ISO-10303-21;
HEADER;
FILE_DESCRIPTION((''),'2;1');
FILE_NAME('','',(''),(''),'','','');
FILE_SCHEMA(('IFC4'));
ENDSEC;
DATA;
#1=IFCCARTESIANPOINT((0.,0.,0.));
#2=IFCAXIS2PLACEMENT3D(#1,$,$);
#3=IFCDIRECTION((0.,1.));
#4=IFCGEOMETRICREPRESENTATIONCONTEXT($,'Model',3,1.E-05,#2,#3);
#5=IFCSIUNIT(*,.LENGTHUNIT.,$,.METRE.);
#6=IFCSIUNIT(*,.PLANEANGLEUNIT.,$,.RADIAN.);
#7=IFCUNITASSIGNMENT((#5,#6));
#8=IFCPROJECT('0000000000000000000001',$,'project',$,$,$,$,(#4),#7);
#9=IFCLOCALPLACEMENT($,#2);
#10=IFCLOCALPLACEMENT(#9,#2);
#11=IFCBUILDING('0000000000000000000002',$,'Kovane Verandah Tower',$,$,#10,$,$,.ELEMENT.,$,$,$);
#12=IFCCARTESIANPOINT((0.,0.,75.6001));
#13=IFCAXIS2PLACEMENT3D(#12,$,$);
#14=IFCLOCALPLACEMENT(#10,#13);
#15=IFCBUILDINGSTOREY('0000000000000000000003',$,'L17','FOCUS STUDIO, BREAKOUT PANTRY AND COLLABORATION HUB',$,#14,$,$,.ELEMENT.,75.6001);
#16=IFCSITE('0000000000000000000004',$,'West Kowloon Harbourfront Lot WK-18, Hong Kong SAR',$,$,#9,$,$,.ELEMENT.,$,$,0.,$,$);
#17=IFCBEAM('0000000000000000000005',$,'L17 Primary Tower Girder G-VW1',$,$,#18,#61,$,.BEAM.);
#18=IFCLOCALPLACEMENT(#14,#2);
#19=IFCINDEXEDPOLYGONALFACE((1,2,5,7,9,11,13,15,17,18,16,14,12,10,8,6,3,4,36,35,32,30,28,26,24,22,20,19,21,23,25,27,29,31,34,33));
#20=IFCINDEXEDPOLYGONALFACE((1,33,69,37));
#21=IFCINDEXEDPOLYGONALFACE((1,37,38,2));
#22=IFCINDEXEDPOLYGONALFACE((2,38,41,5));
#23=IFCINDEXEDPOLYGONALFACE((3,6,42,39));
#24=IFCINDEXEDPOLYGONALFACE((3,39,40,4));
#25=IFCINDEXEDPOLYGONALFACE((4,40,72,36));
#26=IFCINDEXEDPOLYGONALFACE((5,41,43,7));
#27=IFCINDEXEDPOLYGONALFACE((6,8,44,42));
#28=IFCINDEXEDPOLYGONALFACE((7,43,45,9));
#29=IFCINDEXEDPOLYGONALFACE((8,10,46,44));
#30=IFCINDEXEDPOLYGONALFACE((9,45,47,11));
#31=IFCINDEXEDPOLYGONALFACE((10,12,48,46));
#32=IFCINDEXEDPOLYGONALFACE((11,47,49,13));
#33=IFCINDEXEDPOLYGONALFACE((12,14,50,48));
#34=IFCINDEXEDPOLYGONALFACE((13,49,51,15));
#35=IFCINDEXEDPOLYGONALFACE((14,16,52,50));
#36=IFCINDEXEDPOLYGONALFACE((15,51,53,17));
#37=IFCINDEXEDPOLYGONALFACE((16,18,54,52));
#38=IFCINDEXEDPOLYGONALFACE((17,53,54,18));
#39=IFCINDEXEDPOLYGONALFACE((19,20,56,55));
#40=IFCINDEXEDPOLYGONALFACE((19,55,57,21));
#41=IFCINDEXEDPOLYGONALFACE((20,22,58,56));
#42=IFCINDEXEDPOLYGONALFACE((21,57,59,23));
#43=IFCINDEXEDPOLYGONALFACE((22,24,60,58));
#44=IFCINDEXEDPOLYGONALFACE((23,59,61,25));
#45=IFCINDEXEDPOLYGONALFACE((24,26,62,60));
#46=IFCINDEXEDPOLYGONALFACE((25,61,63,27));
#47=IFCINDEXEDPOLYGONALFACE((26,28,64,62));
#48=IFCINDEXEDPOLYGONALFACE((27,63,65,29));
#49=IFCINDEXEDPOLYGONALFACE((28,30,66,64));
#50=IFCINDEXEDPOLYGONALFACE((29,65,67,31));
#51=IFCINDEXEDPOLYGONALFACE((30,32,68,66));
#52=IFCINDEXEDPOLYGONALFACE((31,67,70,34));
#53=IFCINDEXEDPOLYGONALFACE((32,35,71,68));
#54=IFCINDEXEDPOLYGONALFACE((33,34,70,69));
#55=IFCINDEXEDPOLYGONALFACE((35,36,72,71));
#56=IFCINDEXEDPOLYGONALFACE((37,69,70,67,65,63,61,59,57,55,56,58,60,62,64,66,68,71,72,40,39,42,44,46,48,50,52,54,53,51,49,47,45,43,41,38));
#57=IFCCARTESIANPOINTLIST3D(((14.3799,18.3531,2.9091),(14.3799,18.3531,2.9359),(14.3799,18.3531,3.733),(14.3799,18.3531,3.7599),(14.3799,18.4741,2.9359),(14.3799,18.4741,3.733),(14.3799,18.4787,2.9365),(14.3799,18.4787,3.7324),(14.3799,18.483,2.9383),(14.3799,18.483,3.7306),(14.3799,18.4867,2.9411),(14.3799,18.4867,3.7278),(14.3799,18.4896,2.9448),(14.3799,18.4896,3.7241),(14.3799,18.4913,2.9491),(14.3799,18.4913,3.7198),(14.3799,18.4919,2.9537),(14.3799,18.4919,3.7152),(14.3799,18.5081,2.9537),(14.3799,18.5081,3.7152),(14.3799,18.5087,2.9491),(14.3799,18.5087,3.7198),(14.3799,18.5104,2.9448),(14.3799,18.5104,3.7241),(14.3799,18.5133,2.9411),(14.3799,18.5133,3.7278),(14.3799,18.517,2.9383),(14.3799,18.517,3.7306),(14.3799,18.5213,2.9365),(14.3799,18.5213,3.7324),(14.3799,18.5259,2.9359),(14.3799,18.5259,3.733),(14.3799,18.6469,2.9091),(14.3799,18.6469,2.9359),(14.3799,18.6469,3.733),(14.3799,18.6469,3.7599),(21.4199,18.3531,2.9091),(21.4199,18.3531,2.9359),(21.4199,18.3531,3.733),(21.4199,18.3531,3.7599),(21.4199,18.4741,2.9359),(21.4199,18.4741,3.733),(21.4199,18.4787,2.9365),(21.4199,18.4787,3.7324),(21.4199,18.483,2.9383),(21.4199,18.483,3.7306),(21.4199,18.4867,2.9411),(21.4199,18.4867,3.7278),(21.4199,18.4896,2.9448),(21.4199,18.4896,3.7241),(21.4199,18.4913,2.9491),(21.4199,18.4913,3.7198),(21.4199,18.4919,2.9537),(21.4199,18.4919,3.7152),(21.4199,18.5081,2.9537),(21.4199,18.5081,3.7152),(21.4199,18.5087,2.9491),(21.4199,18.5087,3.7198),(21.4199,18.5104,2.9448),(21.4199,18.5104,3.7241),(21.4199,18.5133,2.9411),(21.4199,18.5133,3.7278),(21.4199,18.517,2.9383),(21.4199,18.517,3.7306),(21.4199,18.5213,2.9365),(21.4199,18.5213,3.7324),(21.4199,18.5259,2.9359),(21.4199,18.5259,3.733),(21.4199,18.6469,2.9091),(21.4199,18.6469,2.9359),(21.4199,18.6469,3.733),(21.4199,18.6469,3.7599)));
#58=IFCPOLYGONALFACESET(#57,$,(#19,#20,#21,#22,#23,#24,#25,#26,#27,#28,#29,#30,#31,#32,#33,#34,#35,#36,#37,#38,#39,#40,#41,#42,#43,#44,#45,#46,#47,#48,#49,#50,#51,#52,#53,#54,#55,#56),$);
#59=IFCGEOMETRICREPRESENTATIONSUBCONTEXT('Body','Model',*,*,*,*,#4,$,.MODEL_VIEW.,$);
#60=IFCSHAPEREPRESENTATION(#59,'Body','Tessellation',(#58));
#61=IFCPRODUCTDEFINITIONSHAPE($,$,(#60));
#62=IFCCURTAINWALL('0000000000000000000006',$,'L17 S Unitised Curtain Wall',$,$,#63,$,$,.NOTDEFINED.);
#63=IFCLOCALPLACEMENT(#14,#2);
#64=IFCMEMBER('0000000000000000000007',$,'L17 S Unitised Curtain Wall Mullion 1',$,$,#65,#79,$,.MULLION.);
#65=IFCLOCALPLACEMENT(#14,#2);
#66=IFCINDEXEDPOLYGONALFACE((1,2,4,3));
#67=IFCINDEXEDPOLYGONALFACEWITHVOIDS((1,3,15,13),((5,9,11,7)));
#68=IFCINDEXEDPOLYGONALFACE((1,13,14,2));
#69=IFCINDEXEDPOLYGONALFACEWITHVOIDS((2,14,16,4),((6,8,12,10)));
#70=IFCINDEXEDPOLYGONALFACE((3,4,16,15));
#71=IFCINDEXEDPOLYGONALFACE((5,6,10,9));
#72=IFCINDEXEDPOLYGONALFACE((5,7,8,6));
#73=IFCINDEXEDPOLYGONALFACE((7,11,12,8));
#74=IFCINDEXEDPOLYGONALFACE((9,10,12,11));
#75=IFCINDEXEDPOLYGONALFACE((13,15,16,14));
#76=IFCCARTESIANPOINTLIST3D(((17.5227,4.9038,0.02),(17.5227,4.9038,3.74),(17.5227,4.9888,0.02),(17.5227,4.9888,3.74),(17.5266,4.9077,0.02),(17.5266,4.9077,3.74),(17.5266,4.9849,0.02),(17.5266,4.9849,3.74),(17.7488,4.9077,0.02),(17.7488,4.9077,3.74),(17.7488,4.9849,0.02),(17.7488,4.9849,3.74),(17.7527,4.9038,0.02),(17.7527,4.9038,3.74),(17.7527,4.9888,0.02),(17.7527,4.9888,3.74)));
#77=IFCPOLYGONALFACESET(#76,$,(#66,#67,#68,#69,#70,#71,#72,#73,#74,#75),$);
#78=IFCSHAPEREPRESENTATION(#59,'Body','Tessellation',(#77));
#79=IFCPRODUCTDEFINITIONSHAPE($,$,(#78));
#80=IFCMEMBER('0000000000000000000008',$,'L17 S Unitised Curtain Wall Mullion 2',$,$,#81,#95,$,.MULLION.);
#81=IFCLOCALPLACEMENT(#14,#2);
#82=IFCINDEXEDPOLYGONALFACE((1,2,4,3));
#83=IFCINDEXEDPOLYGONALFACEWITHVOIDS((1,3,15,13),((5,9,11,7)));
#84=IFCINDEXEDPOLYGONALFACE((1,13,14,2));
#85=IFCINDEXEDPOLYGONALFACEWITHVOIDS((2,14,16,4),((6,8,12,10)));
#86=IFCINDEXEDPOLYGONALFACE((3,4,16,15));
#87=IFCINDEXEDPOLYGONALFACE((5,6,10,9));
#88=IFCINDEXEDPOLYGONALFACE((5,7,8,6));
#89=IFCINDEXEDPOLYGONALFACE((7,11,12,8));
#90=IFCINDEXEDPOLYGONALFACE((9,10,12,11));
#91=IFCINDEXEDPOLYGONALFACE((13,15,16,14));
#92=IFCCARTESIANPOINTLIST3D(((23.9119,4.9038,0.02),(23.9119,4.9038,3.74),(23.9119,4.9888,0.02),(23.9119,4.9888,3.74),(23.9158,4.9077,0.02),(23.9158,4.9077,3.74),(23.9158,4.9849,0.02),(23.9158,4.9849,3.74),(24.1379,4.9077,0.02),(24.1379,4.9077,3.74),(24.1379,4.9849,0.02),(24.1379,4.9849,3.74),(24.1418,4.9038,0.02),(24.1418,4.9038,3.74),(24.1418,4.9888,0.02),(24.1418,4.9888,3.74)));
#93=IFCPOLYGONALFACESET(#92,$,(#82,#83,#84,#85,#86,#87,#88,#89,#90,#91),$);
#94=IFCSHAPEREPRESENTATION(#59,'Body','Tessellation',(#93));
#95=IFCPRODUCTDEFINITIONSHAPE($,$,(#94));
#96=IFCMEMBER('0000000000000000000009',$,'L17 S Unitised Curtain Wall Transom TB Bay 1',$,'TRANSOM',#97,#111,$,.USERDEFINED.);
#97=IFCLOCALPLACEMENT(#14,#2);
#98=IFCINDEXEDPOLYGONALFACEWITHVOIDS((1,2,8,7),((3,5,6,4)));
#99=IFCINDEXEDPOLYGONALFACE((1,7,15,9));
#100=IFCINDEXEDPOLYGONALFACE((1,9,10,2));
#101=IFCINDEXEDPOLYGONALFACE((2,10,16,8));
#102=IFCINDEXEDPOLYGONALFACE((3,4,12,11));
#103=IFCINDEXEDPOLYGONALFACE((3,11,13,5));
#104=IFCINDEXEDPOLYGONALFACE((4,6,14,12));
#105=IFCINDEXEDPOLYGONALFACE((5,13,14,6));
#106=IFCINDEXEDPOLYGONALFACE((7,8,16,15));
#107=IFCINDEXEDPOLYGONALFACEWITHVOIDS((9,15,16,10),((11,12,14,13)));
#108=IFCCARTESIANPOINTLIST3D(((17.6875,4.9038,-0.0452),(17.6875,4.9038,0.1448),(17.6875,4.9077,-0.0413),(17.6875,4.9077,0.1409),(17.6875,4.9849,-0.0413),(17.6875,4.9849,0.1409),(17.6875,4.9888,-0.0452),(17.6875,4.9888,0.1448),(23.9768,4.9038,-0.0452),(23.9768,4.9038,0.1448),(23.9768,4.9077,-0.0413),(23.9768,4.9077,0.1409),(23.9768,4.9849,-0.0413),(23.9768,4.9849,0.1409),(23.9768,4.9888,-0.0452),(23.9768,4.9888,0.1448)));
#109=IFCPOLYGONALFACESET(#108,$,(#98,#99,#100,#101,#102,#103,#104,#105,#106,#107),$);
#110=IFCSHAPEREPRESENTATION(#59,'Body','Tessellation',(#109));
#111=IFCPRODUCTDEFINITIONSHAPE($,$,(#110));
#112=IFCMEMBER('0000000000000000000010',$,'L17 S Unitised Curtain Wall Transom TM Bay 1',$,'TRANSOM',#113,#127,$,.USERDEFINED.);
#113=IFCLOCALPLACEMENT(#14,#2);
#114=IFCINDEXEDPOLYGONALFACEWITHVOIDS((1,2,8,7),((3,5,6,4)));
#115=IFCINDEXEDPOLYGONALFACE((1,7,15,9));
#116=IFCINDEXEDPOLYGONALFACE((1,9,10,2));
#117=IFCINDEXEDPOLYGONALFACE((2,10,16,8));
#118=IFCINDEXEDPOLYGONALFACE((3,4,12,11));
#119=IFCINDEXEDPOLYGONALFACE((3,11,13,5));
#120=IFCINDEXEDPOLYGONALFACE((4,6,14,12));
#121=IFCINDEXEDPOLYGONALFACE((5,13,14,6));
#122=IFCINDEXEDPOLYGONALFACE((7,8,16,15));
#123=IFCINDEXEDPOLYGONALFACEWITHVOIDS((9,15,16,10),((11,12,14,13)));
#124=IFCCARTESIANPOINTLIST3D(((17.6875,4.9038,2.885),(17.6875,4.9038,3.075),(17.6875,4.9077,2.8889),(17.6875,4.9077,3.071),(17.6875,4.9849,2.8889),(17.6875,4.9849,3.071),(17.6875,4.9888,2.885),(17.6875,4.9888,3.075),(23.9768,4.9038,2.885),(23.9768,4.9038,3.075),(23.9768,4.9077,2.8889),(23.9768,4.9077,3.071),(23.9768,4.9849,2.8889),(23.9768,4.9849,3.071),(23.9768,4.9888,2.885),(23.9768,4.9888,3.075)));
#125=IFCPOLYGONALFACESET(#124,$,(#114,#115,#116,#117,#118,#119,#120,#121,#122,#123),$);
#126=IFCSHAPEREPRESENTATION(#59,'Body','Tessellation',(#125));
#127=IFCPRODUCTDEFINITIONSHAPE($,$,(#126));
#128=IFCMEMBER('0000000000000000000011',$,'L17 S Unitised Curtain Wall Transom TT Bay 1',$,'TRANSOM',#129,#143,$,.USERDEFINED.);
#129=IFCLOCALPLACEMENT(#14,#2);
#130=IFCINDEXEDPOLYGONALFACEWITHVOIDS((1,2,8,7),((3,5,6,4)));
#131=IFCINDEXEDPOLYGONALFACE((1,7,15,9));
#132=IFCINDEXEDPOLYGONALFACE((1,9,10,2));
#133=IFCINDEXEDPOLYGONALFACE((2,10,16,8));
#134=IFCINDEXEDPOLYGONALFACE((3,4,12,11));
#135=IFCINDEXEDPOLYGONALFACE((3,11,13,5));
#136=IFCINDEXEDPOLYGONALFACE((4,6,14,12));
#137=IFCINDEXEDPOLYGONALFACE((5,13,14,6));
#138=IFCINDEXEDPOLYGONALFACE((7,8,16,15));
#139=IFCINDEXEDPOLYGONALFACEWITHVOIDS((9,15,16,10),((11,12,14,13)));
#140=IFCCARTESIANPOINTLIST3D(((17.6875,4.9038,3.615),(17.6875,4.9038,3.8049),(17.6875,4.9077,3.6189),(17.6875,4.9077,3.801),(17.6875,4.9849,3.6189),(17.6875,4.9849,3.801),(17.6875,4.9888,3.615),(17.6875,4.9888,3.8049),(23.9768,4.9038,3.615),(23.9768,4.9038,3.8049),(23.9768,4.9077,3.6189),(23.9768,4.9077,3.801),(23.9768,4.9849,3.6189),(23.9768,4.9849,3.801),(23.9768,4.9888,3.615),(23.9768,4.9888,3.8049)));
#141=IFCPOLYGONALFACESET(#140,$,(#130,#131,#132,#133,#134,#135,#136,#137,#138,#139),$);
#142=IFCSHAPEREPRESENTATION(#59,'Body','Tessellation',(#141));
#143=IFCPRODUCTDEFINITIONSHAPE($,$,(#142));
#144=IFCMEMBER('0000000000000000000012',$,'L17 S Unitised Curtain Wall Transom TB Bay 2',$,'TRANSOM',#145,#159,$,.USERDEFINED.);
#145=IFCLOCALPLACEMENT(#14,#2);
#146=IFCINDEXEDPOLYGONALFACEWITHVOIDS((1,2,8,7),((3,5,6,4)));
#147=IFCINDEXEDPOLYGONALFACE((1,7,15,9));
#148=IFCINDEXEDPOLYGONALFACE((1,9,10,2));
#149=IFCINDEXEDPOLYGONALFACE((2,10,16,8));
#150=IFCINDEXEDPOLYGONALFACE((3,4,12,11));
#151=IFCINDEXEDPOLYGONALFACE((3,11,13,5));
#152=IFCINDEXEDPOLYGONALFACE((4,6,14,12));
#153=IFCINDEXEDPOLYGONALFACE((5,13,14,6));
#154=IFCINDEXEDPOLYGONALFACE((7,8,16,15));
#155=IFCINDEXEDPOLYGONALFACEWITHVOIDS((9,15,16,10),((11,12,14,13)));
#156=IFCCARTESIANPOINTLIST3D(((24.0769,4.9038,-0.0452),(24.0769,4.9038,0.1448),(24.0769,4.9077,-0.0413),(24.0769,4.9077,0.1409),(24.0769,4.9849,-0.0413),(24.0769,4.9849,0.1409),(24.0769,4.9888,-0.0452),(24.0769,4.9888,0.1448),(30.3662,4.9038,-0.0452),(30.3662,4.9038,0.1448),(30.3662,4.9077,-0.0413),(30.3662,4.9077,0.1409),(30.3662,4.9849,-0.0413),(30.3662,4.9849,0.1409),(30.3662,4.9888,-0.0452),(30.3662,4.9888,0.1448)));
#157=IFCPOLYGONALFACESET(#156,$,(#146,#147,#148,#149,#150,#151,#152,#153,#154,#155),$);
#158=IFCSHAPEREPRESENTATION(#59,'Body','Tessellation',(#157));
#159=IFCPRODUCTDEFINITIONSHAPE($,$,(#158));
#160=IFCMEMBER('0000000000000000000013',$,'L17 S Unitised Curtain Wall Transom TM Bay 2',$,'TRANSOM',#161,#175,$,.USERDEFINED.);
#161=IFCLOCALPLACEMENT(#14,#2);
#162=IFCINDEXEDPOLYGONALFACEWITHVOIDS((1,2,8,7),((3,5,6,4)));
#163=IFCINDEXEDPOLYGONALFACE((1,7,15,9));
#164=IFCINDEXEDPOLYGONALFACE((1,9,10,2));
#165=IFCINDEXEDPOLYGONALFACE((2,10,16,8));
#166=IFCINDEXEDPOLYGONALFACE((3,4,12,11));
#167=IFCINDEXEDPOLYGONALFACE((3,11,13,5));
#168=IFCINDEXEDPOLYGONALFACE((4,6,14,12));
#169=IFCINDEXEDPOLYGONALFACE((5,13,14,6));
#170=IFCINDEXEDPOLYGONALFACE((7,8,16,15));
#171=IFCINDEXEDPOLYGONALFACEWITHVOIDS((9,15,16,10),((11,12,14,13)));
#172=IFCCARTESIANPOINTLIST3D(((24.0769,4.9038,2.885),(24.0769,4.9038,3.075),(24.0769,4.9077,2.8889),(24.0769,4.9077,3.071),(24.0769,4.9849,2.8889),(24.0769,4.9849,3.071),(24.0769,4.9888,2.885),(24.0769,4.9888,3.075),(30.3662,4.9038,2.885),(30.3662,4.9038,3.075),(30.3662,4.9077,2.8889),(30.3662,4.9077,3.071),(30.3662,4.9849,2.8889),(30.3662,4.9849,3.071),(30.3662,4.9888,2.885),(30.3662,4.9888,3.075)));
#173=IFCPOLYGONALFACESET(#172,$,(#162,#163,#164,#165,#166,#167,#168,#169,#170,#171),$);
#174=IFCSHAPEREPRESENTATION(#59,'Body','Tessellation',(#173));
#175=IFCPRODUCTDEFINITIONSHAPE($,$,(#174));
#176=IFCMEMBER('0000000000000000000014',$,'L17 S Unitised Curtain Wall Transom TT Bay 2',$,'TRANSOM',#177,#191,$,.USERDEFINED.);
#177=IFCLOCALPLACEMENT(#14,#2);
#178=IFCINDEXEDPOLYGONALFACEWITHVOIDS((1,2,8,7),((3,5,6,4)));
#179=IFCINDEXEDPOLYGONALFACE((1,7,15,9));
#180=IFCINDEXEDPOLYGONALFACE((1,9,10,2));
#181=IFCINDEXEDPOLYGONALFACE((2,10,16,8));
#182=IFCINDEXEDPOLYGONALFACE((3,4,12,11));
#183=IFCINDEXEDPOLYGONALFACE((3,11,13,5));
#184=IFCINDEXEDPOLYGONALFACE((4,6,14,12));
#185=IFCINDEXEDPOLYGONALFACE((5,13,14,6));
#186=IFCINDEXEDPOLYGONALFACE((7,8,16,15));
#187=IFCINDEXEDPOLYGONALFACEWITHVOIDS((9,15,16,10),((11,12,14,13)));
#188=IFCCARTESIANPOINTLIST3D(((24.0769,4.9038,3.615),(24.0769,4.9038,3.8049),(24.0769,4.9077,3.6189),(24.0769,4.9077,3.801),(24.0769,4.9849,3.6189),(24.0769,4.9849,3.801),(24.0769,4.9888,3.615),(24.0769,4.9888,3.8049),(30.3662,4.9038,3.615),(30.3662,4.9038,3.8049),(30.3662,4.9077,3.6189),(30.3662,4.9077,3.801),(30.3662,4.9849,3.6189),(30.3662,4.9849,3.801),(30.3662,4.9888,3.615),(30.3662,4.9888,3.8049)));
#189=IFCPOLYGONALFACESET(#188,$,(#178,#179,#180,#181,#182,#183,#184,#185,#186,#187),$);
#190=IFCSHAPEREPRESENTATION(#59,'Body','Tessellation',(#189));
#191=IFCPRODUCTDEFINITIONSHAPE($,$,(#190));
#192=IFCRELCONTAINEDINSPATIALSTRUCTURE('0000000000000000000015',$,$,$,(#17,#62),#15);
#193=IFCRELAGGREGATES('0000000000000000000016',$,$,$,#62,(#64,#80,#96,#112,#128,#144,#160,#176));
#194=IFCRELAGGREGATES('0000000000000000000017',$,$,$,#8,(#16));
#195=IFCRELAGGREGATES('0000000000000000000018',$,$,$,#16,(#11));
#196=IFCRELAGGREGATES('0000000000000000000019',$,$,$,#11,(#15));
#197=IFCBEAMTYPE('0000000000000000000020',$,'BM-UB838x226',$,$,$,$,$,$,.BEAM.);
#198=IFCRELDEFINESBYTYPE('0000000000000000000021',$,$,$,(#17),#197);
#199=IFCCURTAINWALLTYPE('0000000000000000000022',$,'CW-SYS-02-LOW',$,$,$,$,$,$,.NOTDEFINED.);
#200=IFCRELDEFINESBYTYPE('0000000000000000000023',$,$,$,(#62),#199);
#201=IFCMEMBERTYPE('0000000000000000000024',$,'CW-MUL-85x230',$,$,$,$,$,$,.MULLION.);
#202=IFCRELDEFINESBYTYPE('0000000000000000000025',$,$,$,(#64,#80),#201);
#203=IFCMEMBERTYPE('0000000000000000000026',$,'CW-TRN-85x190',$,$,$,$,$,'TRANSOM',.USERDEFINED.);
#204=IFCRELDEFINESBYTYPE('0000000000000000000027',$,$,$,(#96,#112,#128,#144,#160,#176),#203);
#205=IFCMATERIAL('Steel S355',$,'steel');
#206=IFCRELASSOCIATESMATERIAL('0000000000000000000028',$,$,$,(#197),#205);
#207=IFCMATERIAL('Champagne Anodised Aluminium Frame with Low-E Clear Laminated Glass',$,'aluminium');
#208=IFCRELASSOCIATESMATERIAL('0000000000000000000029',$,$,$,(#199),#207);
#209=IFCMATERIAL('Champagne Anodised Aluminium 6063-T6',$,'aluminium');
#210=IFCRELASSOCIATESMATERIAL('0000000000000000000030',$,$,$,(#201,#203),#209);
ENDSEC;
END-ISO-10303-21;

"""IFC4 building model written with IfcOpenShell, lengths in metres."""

from ifc_helpers import new_model, si_unit, direction, frame, origin, origin_2d, place, context, subcontext, project, spatial, hollow_rectangle, i_section, extrude, material, material_profile, profile_set, type_object, element, aggregate, save


model = new_model("IFC4")

# Units and contexts
model_context = context("Model", 3, precision=1e-05, world=origin(), true_north=direction((0.0, 1.0)))
body_context = subcontext(model_context, "Body", "Model", "MODEL_VIEW")
ifc_project = project(units=[si_unit("LENGTHUNIT", "METRE"), si_unit("PLANEANGLEUNIT", "RADIAN")], contexts=[model_context])

# Site, building, storey
site_placement = place(None, origin())
site = spatial("IfcSite", under=ifc_project, at=site_placement, Name="West Kowloon Harbourfront Lot WK-18, Hong Kong SAR", CompositionType="ELEMENT", RefElevation=0.0)
building_placement = place(site_placement, origin())
building = spatial("IfcBuilding", under=site, at=building_placement, Name="Kovane Verandah Tower", CompositionType="ELEMENT")
storey_placement = place(building_placement, frame((0.0, 0.0, 75.6001)))
storey = spatial("IfcBuildingStorey", under=building, at=storey_placement, Name="L17", Description="FOCUS STUDIO, BREAKOUT PANTRY AND COLLABORATION HUB", CompositionType="ELEMENT", Elevation=75.6001)

# Beam
ifc_material_1 = material(Name="Steel S355", Category="steel")
ifc_material_profile_1 = material_profile(ifc_material_1, i_section(OverallWidth=0.2937, OverallDepth=0.8508, WebThickness=0.0161, FlangeThickness=0.0269, FilletRadius=0.0178, at=origin_2d()), Name="UB838x292x226")
ifc_profile_set_1 = profile_set([ifc_material_profile_1], Name="Steel S355")
beam_type_1 = type_object("IfcBeamType", Name="BM-UB838x226", PredefinedType="BEAM", material=ifc_profile_set_1)
beam_1_placement = place(storey_placement, frame((21.4199, 18.5, 3.3345), z_axis=(-1.0, 0.0, 0.0), x_axis=(0.0, -1.0, 0.0)))
element("IfcBeam", 1, at=beam_1_placement, inside=storey, type_object=beam_type_1, Name="L17 Primary Tower Girder G-VW1", PredefinedType="BEAM", context=body_context, shape_type="SweptSolid", body=[
    extrude(i_section(OverallWidth=0.2937, OverallDepth=0.8508, WebThickness=0.0161, FlangeThickness=0.0269, FilletRadius=0.0178, at=origin_2d()), origin(), (0.0, 0.0, 1.0), 7.04),
])

# Curtain wall, members
ifc_material_2 = material(Name="Champagne Anodised Aluminium Frame with Low-E Clear Laminated Glass", Category="aluminium")
curtain_wall_type = type_object("IfcCurtainWallType", Name="CW-SYS-02-LOW", PredefinedType="NOTDEFINED", material=ifc_material_2)
curtain_wall_placement = place(storey_placement, origin())
curtain_wall = element("IfcCurtainWall", 2, at=curtain_wall_placement, inside=storey, type_object=curtain_wall_type, Name="L17 S Unitised Curtain Wall", PredefinedType="NOTDEFINED")
ifc_material_3 = material(Name="Champagne Anodised Aluminium 6063-T6", Category="aluminium")
ifc_material_profile_2 = material_profile(ifc_material_3, hollow_rectangle(XDim=0.085, YDim=0.23, WallThickness=0.0039, at=origin_2d()), Name="AL85x230x4")
ifc_profile_set_2 = profile_set([ifc_material_profile_2], Name="Champagne Anodised Aluminium 6063-T6")
member_type_1 = type_object("IfcMemberType", Name="CW-MUL-85x230", PredefinedType="MULLION", material=ifc_profile_set_2)
member_1_placement = place(storey_placement, frame((17.6377, 4.9463, 0.02), z_axis=(0.0, 0.0, 1.0), x_axis=(0.0, -1.0, 0.0)))
member_1 = element("IfcMember", 3, at=member_1_placement, type_object=member_type_1, Name="L17 S Unitised Curtain Wall Mullion 1", PredefinedType="MULLION", context=body_context, shape_type="SweptSolid", body=[
    extrude(hollow_rectangle(XDim=0.085, YDim=0.23, WallThickness=0.0039, at=origin_2d()), origin(), (0.0, 0.0, 1.0), 3.72),
])
member_2_placement = place(storey_placement, frame((24.0269, 4.9463, 0.02), z_axis=(0.0, 0.0, 1.0), x_axis=(0.0, -1.0, 0.0)))
member_2 = element("IfcMember", 4, at=member_2_placement, type_object=member_type_1, Name="L17 S Unitised Curtain Wall Mullion 2", PredefinedType="MULLION", context=body_context, shape_type="SweptSolid", body=[
    extrude(hollow_rectangle(XDim=0.085, YDim=0.23, WallThickness=0.0039, at=origin_2d()), origin(), (0.0, 0.0, 1.0), 3.72),
])
ifc_material_profile_3 = material_profile(ifc_material_3, hollow_rectangle(XDim=0.085, YDim=0.1899, WallThickness=0.0039, at=origin_2d()), Name="AL85x190x4")
ifc_profile_set_3 = profile_set([ifc_material_profile_3], Name="Champagne Anodised Aluminium 6063-T6")
member_type_2 = type_object("IfcMemberType", Name="CW-TRN-85x190", ElementType="TRANSOM", PredefinedType="USERDEFINED", material=ifc_profile_set_3)
member_3_placement = place(storey_placement, frame((17.6875, 4.9463, 0.0498), z_axis=(1.0, 0.0, 0.0), x_axis=(0.0, 1.0, 0.0)))
member_3 = element("IfcMember", 5, at=member_3_placement, type_object=member_type_2, Name="L17 S Unitised Curtain Wall Transom TB Bay 1", ObjectType="TRANSOM", PredefinedType="USERDEFINED", context=body_context, shape_type="SweptSolid", body=[
    extrude(hollow_rectangle(XDim=0.085, YDim=0.1899, WallThickness=0.0039, at=origin_2d()), origin(), (0.0, 0.0, 1.0), 6.2893),
])
member_4_placement = place(storey_placement, frame((17.6875, 4.9463, 2.98), z_axis=(1.0, 0.0, 0.0), x_axis=(0.0, 1.0, 0.0)))
member_4 = element("IfcMember", 6, at=member_4_placement, type_object=member_type_2, Name="L17 S Unitised Curtain Wall Transom TM Bay 1", ObjectType="TRANSOM", PredefinedType="USERDEFINED", context=body_context, shape_type="SweptSolid", body=[
    extrude(hollow_rectangle(XDim=0.085, YDim=0.1899, WallThickness=0.0039, at=origin_2d()), origin(), (0.0, 0.0, 1.0), 6.2893),
])
member_5_placement = place(storey_placement, frame((17.6875, 4.9463, 3.71), z_axis=(1.0, 0.0, 0.0), x_axis=(0.0, 1.0, 0.0)))
member_5 = element("IfcMember", 7, at=member_5_placement, type_object=member_type_2, Name="L17 S Unitised Curtain Wall Transom TT Bay 1", ObjectType="TRANSOM", PredefinedType="USERDEFINED", context=body_context, shape_type="SweptSolid", body=[
    extrude(hollow_rectangle(XDim=0.085, YDim=0.1899, WallThickness=0.0039, at=origin_2d()), origin(), (0.0, 0.0, 1.0), 6.2893),
])
member_6_placement = place(storey_placement, frame((24.0769, 4.9463, 0.0498), z_axis=(1.0, 0.0, 0.0), x_axis=(0.0, 1.0, 0.0)))
member_6 = element("IfcMember", 8, at=member_6_placement, type_object=member_type_2, Name="L17 S Unitised Curtain Wall Transom TB Bay 2", ObjectType="TRANSOM", PredefinedType="USERDEFINED", context=body_context, shape_type="SweptSolid", body=[
    extrude(hollow_rectangle(XDim=0.085, YDim=0.1899, WallThickness=0.0039, at=origin_2d()), origin(), (0.0, 0.0, 1.0), 6.2893),
])
member_7_placement = place(storey_placement, frame((24.0769, 4.9463, 2.98), z_axis=(1.0, 0.0, 0.0), x_axis=(0.0, 1.0, 0.0)))
member_7 = element("IfcMember", 9, at=member_7_placement, type_object=member_type_2, Name="L17 S Unitised Curtain Wall Transom TM Bay 2", ObjectType="TRANSOM", PredefinedType="USERDEFINED", context=body_context, shape_type="SweptSolid", body=[
    extrude(hollow_rectangle(XDim=0.085, YDim=0.1899, WallThickness=0.0039, at=origin_2d()), origin(), (0.0, 0.0, 1.0), 6.2893),
])
member_8_placement = place(storey_placement, frame((24.0769, 4.9463, 3.71), z_axis=(1.0, 0.0, 0.0), x_axis=(0.0, 1.0, 0.0)))
member_8 = element("IfcMember", 10, at=member_8_placement, type_object=member_type_2, Name="L17 S Unitised Curtain Wall Transom TT Bay 2", ObjectType="TRANSOM", PredefinedType="USERDEFINED", context=body_context, shape_type="SweptSolid", body=[
    extrude(hollow_rectangle(XDim=0.085, YDim=0.1899, WallThickness=0.0039, at=origin_2d()), origin(), (0.0, 0.0, 1.0), 6.2893),
])

aggregate(curtain_wall, [member_1, member_2, member_3, member_4, member_5, member_6, member_7, member_8])

save(model, "model.ifc")
